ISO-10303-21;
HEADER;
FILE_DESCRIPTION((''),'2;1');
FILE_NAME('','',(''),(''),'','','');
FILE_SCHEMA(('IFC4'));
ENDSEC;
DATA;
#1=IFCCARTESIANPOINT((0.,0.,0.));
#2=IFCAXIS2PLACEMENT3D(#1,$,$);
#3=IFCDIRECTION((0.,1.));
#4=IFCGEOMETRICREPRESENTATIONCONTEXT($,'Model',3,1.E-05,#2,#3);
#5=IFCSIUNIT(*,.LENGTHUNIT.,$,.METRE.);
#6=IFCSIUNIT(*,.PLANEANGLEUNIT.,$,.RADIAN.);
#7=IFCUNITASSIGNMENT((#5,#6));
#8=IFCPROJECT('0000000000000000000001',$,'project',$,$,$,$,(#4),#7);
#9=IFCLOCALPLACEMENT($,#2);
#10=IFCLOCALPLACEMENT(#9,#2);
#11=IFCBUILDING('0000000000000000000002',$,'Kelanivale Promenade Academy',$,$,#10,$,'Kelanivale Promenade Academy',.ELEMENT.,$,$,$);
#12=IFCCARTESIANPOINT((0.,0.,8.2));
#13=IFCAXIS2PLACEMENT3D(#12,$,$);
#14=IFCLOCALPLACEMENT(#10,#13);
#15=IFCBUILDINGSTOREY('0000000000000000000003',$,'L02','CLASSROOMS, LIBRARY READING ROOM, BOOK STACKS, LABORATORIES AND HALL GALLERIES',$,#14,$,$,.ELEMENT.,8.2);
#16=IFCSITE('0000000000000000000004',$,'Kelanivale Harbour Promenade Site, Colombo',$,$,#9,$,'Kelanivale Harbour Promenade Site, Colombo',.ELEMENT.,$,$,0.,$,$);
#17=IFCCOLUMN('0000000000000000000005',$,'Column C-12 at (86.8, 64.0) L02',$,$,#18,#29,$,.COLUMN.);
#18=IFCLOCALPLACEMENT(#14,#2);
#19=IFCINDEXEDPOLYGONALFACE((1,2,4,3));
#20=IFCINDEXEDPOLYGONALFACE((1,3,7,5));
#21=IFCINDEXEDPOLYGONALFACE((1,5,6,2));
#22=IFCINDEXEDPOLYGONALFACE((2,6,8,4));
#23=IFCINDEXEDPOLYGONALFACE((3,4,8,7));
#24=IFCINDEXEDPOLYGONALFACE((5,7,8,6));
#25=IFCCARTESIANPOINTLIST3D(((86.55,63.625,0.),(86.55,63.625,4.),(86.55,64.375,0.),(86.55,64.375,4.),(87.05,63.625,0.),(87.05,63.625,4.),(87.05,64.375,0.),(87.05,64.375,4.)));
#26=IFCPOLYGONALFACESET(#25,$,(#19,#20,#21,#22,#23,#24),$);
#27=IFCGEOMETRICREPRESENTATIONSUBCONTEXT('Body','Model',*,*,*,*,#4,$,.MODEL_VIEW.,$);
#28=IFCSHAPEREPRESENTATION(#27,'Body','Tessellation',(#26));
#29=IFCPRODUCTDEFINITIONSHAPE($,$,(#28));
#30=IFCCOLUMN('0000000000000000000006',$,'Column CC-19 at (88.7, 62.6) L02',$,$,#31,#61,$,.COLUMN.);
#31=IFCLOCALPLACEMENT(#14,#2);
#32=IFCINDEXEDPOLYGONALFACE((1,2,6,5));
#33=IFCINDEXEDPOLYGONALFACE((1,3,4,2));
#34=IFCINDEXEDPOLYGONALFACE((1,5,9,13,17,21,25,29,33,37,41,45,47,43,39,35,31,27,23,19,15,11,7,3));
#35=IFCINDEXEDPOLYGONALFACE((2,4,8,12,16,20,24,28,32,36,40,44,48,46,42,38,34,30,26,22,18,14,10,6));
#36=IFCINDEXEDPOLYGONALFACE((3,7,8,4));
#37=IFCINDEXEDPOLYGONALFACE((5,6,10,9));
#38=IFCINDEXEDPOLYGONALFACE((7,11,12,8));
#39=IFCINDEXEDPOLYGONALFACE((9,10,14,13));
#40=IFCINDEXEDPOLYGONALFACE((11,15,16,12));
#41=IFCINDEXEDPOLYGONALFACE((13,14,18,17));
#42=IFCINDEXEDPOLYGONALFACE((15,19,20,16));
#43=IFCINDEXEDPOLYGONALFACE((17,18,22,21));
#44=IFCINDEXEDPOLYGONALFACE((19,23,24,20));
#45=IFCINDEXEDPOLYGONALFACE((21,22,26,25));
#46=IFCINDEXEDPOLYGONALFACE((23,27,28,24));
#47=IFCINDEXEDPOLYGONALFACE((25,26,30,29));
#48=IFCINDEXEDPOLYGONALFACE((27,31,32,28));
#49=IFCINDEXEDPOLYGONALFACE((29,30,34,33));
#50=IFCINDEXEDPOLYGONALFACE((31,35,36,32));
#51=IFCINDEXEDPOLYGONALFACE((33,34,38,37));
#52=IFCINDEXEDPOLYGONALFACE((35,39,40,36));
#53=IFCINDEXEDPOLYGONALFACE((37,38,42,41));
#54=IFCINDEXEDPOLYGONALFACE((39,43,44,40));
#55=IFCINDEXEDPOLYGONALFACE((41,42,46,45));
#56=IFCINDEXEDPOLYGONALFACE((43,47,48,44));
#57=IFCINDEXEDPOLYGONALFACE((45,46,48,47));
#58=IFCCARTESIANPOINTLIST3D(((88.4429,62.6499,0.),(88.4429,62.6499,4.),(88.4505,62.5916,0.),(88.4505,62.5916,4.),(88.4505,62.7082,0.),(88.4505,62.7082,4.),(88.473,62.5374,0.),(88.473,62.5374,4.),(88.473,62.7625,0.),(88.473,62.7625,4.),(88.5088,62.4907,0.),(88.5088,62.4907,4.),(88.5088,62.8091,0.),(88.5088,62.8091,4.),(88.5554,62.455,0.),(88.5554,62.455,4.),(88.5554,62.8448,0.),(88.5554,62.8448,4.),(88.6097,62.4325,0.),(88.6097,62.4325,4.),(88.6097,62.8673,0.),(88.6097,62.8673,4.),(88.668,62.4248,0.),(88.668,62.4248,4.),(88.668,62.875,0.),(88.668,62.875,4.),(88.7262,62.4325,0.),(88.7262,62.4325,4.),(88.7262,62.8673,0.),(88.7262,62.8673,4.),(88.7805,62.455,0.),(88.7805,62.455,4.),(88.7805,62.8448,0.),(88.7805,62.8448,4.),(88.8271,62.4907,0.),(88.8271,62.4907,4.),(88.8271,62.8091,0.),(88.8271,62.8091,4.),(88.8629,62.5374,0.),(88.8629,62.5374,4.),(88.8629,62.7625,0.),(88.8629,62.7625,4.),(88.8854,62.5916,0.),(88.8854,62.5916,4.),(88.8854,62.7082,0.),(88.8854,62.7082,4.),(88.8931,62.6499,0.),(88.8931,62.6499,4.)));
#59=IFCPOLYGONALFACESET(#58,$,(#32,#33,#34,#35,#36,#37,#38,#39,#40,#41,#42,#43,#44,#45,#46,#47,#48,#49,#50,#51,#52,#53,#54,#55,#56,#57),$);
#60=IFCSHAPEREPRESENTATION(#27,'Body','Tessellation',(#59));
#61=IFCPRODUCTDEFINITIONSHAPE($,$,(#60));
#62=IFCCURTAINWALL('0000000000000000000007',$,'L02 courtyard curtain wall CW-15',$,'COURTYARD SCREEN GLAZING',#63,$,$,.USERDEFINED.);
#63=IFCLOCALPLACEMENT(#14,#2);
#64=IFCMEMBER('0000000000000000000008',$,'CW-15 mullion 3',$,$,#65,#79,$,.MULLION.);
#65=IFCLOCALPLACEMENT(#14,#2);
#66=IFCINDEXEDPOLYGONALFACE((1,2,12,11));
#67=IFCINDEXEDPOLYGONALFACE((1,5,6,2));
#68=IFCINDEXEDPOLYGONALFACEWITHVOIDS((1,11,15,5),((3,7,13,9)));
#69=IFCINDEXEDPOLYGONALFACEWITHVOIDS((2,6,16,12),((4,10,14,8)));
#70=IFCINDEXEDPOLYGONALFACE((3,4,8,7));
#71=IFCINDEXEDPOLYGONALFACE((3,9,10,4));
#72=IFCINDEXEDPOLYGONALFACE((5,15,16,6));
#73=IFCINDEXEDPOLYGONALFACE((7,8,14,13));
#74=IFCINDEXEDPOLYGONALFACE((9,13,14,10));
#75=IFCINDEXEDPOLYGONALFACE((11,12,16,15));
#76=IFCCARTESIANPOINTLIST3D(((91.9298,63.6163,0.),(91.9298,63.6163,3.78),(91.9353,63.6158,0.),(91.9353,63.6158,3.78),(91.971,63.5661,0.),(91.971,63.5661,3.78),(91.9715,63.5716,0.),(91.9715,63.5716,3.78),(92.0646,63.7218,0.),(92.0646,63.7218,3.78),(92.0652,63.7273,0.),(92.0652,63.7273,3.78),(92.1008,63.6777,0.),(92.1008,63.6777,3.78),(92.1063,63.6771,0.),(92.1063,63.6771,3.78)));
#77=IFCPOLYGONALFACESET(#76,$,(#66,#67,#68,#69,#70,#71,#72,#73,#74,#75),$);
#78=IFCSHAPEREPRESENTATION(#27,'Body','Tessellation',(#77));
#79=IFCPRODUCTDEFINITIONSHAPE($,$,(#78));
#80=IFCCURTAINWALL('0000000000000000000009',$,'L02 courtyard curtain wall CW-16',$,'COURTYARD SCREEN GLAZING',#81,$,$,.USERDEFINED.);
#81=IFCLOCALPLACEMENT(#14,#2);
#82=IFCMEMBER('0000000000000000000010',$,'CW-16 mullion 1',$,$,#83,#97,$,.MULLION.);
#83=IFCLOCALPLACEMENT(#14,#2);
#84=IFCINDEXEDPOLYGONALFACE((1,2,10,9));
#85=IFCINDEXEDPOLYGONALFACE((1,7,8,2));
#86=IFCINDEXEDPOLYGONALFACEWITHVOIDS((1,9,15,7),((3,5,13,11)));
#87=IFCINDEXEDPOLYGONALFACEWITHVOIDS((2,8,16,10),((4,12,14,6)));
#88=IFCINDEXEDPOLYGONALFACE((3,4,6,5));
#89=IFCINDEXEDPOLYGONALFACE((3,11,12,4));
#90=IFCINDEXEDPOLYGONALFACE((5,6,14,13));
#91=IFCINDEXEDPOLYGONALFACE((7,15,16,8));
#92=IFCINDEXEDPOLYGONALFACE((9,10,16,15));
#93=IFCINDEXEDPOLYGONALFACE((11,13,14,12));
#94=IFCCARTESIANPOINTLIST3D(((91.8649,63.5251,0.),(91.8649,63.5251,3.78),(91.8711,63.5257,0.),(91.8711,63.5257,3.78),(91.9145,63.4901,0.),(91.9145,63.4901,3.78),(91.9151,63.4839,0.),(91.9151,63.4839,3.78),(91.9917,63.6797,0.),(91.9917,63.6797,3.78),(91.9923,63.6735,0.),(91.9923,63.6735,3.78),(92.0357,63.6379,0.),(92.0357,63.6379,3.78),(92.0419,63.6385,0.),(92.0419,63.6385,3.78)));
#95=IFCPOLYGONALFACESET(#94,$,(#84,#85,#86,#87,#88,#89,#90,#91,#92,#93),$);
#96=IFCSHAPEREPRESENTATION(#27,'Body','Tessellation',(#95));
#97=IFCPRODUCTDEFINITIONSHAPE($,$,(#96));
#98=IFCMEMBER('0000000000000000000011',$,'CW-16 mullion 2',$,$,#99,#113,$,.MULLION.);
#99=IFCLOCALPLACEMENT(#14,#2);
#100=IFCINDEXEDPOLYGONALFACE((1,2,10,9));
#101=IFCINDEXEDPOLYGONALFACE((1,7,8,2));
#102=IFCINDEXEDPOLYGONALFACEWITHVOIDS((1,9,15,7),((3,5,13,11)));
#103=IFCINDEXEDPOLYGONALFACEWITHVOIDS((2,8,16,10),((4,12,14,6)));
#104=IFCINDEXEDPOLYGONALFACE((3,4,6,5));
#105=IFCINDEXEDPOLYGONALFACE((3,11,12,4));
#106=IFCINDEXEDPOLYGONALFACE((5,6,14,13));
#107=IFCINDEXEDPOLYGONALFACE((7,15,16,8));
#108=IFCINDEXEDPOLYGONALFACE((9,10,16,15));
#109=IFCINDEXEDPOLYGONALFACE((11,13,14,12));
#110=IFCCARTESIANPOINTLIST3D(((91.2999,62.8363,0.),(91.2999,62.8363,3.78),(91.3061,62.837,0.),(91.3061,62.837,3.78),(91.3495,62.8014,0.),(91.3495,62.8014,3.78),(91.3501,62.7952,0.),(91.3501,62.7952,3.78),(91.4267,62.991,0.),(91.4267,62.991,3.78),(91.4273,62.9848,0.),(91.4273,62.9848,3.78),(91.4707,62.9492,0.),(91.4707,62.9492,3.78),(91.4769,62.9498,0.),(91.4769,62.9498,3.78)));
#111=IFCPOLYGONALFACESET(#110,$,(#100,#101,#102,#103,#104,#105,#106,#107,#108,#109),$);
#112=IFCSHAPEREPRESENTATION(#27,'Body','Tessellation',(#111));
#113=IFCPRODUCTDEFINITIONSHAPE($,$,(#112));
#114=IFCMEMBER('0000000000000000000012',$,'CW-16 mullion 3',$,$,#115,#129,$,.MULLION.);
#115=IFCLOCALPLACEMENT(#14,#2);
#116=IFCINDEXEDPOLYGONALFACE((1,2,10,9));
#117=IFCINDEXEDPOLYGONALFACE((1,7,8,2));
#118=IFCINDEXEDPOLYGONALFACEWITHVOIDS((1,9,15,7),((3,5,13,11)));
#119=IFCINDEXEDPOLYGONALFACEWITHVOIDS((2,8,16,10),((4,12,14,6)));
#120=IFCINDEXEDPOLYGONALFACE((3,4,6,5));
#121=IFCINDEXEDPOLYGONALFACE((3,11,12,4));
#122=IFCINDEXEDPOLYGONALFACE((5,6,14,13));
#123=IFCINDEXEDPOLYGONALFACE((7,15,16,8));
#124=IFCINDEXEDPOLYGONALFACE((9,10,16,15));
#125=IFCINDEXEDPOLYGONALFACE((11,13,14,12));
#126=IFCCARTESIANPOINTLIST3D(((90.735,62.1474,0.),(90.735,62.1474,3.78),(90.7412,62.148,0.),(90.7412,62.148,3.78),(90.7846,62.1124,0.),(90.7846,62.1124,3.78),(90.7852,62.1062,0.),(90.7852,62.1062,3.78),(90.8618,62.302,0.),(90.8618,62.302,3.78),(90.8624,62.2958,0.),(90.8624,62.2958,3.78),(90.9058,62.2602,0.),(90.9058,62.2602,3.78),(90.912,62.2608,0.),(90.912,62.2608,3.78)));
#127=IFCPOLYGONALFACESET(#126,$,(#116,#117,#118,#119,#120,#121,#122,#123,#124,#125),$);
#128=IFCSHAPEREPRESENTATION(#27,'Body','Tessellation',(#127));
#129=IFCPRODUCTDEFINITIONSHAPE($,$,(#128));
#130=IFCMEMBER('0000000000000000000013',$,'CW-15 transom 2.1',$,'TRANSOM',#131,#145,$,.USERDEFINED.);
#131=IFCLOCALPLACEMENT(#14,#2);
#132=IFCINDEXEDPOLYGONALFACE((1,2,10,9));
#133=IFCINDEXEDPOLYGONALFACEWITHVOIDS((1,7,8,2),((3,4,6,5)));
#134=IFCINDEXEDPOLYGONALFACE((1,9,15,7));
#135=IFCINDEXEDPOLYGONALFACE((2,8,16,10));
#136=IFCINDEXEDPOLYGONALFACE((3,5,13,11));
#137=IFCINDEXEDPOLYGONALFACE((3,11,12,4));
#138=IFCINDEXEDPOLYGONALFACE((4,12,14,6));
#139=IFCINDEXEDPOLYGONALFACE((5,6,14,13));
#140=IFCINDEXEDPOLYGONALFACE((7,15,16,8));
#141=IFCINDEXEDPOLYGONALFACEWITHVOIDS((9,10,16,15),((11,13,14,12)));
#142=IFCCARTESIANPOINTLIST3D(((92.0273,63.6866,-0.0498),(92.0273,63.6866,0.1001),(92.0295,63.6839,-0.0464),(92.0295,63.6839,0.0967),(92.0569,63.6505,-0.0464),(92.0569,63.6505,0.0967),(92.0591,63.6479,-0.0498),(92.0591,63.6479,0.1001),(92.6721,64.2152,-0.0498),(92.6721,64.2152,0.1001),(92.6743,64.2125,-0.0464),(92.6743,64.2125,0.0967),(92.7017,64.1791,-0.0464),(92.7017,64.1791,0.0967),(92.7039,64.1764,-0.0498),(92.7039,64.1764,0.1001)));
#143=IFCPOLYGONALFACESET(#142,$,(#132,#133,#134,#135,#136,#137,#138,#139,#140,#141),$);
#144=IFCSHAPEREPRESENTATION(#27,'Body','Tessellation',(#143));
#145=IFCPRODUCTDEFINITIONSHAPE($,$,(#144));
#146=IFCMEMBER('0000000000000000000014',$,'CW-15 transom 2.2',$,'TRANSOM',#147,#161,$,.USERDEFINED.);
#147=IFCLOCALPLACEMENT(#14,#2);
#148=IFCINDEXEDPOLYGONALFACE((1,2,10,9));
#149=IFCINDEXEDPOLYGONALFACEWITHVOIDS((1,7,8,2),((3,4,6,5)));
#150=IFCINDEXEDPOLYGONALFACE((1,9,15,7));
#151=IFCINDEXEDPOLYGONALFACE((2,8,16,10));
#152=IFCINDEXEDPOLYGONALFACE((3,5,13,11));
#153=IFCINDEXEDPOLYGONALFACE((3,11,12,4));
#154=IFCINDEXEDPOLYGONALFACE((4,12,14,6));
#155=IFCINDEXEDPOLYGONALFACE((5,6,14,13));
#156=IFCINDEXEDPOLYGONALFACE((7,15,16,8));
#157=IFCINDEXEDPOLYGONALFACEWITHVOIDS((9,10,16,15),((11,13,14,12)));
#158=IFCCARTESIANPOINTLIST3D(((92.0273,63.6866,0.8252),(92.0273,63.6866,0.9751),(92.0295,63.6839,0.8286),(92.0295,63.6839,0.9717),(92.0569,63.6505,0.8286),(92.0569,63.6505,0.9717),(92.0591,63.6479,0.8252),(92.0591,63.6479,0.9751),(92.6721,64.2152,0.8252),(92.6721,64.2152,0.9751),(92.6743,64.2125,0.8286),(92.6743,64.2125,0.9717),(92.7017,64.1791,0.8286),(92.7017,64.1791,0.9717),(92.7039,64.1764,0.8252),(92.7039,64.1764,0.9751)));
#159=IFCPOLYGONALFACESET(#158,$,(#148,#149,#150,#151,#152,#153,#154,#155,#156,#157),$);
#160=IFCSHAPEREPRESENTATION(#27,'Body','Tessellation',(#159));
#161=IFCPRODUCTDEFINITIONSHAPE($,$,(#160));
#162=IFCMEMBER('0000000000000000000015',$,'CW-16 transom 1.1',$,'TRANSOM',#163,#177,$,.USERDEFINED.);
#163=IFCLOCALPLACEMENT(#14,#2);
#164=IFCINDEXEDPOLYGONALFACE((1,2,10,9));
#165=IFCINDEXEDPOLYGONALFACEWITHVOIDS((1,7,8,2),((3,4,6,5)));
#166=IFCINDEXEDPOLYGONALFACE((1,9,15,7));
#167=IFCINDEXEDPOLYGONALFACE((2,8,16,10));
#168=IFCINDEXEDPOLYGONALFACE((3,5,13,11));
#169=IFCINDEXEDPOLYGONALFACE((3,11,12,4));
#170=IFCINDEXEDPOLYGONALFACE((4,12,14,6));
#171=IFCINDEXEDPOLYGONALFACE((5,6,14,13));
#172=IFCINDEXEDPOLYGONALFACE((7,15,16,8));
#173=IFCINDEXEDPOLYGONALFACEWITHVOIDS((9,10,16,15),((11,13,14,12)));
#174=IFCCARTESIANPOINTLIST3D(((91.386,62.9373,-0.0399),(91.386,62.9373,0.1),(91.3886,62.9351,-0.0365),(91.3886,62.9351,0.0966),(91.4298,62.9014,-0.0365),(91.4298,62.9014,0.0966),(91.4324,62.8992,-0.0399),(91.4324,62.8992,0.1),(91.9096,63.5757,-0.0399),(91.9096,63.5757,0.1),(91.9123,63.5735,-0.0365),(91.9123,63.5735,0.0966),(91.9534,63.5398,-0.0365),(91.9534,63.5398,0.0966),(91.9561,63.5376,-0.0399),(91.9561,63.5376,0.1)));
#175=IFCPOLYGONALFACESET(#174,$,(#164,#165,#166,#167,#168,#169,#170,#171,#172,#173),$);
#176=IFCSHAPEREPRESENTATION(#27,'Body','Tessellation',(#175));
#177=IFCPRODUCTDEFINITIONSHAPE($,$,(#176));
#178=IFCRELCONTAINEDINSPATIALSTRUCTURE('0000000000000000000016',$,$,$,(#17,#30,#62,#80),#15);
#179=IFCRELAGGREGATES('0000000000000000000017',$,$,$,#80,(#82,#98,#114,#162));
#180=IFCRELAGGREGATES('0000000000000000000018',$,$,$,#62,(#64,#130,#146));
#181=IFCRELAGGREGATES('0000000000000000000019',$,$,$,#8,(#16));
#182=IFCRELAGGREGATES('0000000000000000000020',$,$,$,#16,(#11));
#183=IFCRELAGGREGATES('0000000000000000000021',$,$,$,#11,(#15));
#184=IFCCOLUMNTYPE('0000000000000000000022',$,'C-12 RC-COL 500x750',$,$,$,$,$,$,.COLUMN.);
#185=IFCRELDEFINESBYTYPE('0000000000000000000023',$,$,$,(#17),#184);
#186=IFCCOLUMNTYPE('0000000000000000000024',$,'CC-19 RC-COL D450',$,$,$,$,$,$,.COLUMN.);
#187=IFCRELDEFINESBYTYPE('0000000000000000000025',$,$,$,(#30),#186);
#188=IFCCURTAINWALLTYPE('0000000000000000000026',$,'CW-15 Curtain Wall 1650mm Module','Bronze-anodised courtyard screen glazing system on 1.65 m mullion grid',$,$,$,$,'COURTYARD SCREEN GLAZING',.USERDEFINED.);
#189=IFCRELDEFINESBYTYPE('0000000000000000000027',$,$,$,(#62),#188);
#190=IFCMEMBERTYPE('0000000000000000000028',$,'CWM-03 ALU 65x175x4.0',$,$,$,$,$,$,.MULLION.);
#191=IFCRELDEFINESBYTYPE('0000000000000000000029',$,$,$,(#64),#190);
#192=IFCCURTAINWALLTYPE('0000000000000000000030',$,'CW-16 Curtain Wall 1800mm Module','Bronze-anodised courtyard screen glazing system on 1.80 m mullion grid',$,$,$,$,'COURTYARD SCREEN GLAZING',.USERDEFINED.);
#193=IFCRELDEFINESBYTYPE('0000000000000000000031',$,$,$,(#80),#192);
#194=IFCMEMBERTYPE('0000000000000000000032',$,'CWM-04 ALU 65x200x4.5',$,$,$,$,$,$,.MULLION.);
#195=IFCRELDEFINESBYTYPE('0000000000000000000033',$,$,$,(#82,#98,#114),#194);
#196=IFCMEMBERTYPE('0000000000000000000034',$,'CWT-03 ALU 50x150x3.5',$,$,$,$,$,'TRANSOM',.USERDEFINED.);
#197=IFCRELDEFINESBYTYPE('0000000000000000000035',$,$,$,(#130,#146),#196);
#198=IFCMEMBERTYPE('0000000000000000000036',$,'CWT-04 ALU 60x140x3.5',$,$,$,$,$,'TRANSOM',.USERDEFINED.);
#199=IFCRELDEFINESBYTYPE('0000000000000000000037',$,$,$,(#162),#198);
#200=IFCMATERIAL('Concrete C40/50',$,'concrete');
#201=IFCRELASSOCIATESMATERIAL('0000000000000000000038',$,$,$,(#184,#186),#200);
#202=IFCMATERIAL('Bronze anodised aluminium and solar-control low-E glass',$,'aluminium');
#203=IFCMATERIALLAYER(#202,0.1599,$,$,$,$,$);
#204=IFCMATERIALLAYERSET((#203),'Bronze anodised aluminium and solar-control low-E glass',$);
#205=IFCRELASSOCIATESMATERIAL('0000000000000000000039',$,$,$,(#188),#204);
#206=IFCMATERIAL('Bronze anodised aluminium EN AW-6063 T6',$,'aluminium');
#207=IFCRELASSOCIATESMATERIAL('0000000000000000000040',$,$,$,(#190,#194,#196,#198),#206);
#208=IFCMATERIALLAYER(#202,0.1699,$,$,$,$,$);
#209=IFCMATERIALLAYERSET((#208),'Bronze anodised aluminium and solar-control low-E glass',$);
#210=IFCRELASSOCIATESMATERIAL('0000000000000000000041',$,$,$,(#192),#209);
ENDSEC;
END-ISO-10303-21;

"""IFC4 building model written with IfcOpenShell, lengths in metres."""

from ifc_helpers import new_model, si_unit, direction, frame, origin, origin_2d, place, context, subcontext, project, spatial, rectangle, hollow_rectangle, circle, extrude, material, layer, layer_set, material_profile, profile_set, type_object, element, aggregate, save


model = new_model("IFC4")

# Units and contexts
model_context = context("Model", 3, precision=1e-05, world=origin(), true_north=direction((0.0, 1.0)))
body_context = subcontext(model_context, "Body", "Model", "MODEL_VIEW")
ifc_project = project(units=[si_unit("LENGTHUNIT", "METRE"), si_unit("PLANEANGLEUNIT", "RADIAN")], contexts=[model_context])

# Site, building, storey
site_placement = place(None, origin())
site = spatial("IfcSite", under=ifc_project, at=site_placement, Name="Kelanivale Harbour Promenade Site, Colombo", LongName="Kelanivale Harbour Promenade Site, Colombo", CompositionType="ELEMENT", RefElevation=0.0)
building_placement = place(site_placement, origin())
building = spatial("IfcBuilding", under=site, at=building_placement, Name="Kelanivale Promenade Academy", LongName="Kelanivale Promenade Academy", CompositionType="ELEMENT")
storey_placement = place(building_placement, frame((0.0, 0.0, 8.2)))
storey = spatial("IfcBuildingStorey", under=building, at=storey_placement, Name="L02", Description="CLASSROOMS, LIBRARY READING ROOM, BOOK STACKS, LABORATORIES AND HALL GALLERIES", CompositionType="ELEMENT", Elevation=8.2)

# Columns
ifc_material_1 = material(Name="Concrete C40/50", Category="concrete")
ifc_material_profile_1 = material_profile(ifc_material_1, rectangle(XDim=0.5, YDim=0.75, at=origin_2d()), Name="RC-COL 500x750")
ifc_profile_set_1 = profile_set([ifc_material_profile_1], Name="Concrete C40/50")
column_type_1 = type_object("IfcColumnType", Name="C-12 RC-COL 500x750", PredefinedType="COLUMN", material=ifc_profile_set_1)
column_1_placement = place(storey_placement, frame((86.8, 64.0, 0.0), z_axis=(0.0, 0.0, 1.0), x_axis=(1.0, 0.0, 0.0)))
element("IfcColumn", 1, at=column_1_placement, inside=storey, type_object=column_type_1, Name="Column C-12 at (86.8, 64.0) L02", PredefinedType="COLUMN", context=body_context, shape_type="SweptSolid", body=[
    extrude(rectangle(XDim=0.5, YDim=0.75, at=origin_2d()), origin(), (0.0, 0.0, 1.0), 4.0),
])
ifc_material_profile_2 = material_profile(ifc_material_1, circle(Radius=0.2251, at=origin_2d()), Name="RC-COL D450")
ifc_profile_set_2 = profile_set([ifc_material_profile_2], Name="Concrete C40/50")
column_type_2 = type_object("IfcColumnType", Name="CC-19 RC-COL D450", PredefinedType="COLUMN", material=ifc_profile_set_2)
column_2_placement = place(storey_placement, frame((88.668, 62.6499, 0.0), z_axis=(0.0, 0.0, 1.0), x_axis=(1.0, 0.0, 0.0)))
element("IfcColumn", 2, at=column_2_placement, inside=storey, type_object=column_type_2, Name="Column CC-19 at (88.7, 62.6) L02", PredefinedType="COLUMN", context=body_context, shape_type="SweptSolid", body=[
    extrude(circle(Radius=0.2251, at=origin_2d()), origin(), (0.0, 0.0, 1.0), 4.0),
])

# Curtain wall, member
ifc_material_2 = material(Name="Bronze anodised aluminium and solar-control low-E glass", Category="aluminium")
ifc_layer_1 = layer(ifc_material_2, 0.1599)
ifc_layer_set_1 = layer_set([ifc_layer_1], Name="Bronze anodised aluminium and solar-control low-E glass")
curtain_wall_type_1 = type_object("IfcCurtainWallType", Name="CW-15 Curtain Wall 1650mm Module", Description="Bronze-anodised courtyard screen glazing system on 1.65 m mullion grid", ElementType="COURTYARD SCREEN GLAZING", PredefinedType="USERDEFINED", material=ifc_layer_set_1)
curtain_wall_1_placement = place(storey_placement, origin())
curtain_wall_1 = element("IfcCurtainWall", 3, at=curtain_wall_1_placement, inside=storey, type_object=curtain_wall_type_1, Name="L02 courtyard curtain wall CW-15", ObjectType="COURTYARD SCREEN GLAZING", PredefinedType="USERDEFINED")
ifc_material_3 = material(Name="Bronze anodised aluminium EN AW-6063 T6", Category="aluminium")
ifc_material_profile_3 = material_profile(ifc_material_3, hollow_rectangle(XDim=0.0649, YDim=0.175, WallThickness=0.0039, at=origin_2d()), Name="ALU 65x175x4.0")
ifc_profile_set_3 = profile_set([ifc_material_profile_3], Name="Bronze anodised aluminium EN AW-6063 T6")
member_type_1 = type_object("IfcMemberType", Name="CWM-03 ALU 65x175x4.0", PredefinedType="MULLION", material=ifc_profile_set_3)
member_1_placement = place(storey_placement, frame((92.0181, 63.6467, 0.0), z_axis=(0.0, 0.0, 1.0), x_axis=(0.634144, -0.773215, 0.0)))
member_1 = element("IfcMember", 4, at=member_1_placement, type_object=member_type_1, Name="CW-15 mullion 3", PredefinedType="MULLION", context=body_context, shape_type="SweptSolid", body=[
    extrude(hollow_rectangle(XDim=0.0649, YDim=0.175, WallThickness=0.0039, at=origin_2d()), origin(), (0.0, 0.0, 1.0), 3.78),
])

# Curtain wall, members
ifc_layer_2 = layer(ifc_material_2, 0.1699)
ifc_layer_set_2 = layer_set([ifc_layer_2], Name="Bronze anodised aluminium and solar-control low-E glass")
curtain_wall_type_2 = type_object("IfcCurtainWallType", Name="CW-16 Curtain Wall 1800mm Module", Description="Bronze-anodised courtyard screen glazing system on 1.80 m mullion grid", ElementType="COURTYARD SCREEN GLAZING", PredefinedType="USERDEFINED", material=ifc_layer_set_2)
curtain_wall_2_placement = place(storey_placement, origin())
curtain_wall_2 = element("IfcCurtainWall", 5, at=curtain_wall_2_placement, inside=storey, type_object=curtain_wall_type_2, Name="L02 courtyard curtain wall CW-16", ObjectType="COURTYARD SCREEN GLAZING", PredefinedType="USERDEFINED")
ifc_material_profile_4 = material_profile(ifc_material_3, hollow_rectangle(XDim=0.0649, YDim=0.2, WallThickness=0.0044, at=origin_2d()), Name="ALU 65x200x4.5")
ifc_profile_set_4 = profile_set([ifc_material_profile_4], Name="Bronze anodised aluminium EN AW-6063 T6")
member_type_2 = type_object("IfcMemberType", Name="CWM-04 ALU 65x200x4.5", PredefinedType="MULLION", material=ifc_profile_set_4)
member_2_placement = place(storey_placement, frame((91.9534, 63.5818, 0.0), z_axis=(0.0, 0.0, 1.0), x_axis=(0.773257, -0.634093, 0.0)))
member_2 = element("IfcMember", 6, at=member_2_placement, type_object=member_type_2, Name="CW-16 mullion 1", PredefinedType="MULLION", context=body_context, shape_type="SweptSolid", body=[
    extrude(hollow_rectangle(XDim=0.0649, YDim=0.2, WallThickness=0.0044, at=origin_2d()), origin(), (0.0, 0.0, 1.0), 3.78),
])
member_3_placement = place(storey_placement, frame((91.3884, 62.8931, 0.0), z_axis=(0.0, 0.0, 1.0), x_axis=(0.773257, -0.634093, 0.0)))
member_3 = element("IfcMember", 7, at=member_3_placement, type_object=member_type_2, Name="CW-16 mullion 2", PredefinedType="MULLION", context=body_context, shape_type="SweptSolid", body=[
    extrude(hollow_rectangle(XDim=0.0649, YDim=0.2, WallThickness=0.0044, at=origin_2d()), origin(), (0.0, 0.0, 1.0), 3.78),
])
member_4_placement = place(storey_placement, frame((90.8235, 62.2041, 0.0), z_axis=(0.0, 0.0, 1.0), x_axis=(0.773257, -0.634093, 0.0)))
member_4 = element("IfcMember", 8, at=member_4_placement, type_object=member_type_2, Name="CW-16 mullion 3", PredefinedType="MULLION", context=body_context, shape_type="SweptSolid", body=[
    extrude(hollow_rectangle(XDim=0.0649, YDim=0.2, WallThickness=0.0044, at=origin_2d()), origin(), (0.0, 0.0, 1.0), 3.78),
])

# Members
ifc_material_profile_5 = material_profile(ifc_material_3, hollow_rectangle(XDim=0.05, YDim=0.1499, WallThickness=0.0034, at=origin_2d()), Name="ALU 50x150x3.5")
ifc_profile_set_5 = profile_set([ifc_material_profile_5], Name="Bronze anodised aluminium EN AW-6063 T6")
member_type_3 = type_object("IfcMemberType", Name="CWT-03 ALU 50x150x3.5", ElementType="TRANSOM", PredefinedType="USERDEFINED", material=ifc_profile_set_5)
member_5_placement = place(storey_placement, frame((92.688, 64.1958, 0.0251), z_axis=(-0.773357, -0.633971, 0.0), x_axis=(0.633971, -0.773357, 0.0)))
member_5 = element("IfcMember", 9, at=member_5_placement, type_object=member_type_3, Name="CW-15 transom 2.1", ObjectType="TRANSOM", PredefinedType="USERDEFINED", context=body_context, shape_type="SweptSolid", body=[
    extrude(hollow_rectangle(XDim=0.05, YDim=0.1499, WallThickness=0.0034, at=origin_2d()), origin(), (0.0, 0.0, 1.0), 0.8337),
])
member_6_placement = place(storey_placement, frame((92.688, 64.1958, 0.9001), z_axis=(-0.773357, -0.633971, 0.0), x_axis=(0.633971, -0.773357, 0.0)))
member_6 = element("IfcMember", 10, at=member_6_placement, type_object=member_type_3, Name="CW-15 transom 2.2", ObjectType="TRANSOM", PredefinedType="USERDEFINED", context=body_context, shape_type="SweptSolid", body=[
    extrude(hollow_rectangle(XDim=0.05, YDim=0.1499, WallThickness=0.0034, at=origin_2d()), origin(), (0.0, 0.0, 1.0), 0.8337),
])
ifc_material_profile_6 = material_profile(ifc_material_3, hollow_rectangle(XDim=0.0601, YDim=0.1399, WallThickness=0.0034, at=origin_2d()), Name="ALU 60x140x3.5")
ifc_profile_set_6 = profile_set([ifc_material_profile_6], Name="Bronze anodised aluminium EN AW-6063 T6")
member_type_4 = type_object("IfcMemberType", Name="CWT-04 ALU 60x140x3.5", ElementType="TRANSOM", PredefinedType="USERDEFINED", material=ifc_profile_set_6)
member_7_placement = place(storey_placement, frame((91.9329, 63.5566, 0.03), z_axis=(-0.634203, -0.773166, 0.0), x_axis=(0.773166, -0.634203, 0.0)))
member_7 = element("IfcMember", 11, at=member_7_placement, type_object=member_type_4, Name="CW-16 transom 1.1", ObjectType="TRANSOM", PredefinedType="USERDEFINED", context=body_context, shape_type="SweptSolid", body=[
    extrude(hollow_rectangle(XDim=0.0601, YDim=0.1399, WallThickness=0.0034, at=origin_2d()), origin(), (0.0, 0.0, 1.0), 0.8257),
])

aggregate(curtain_wall_2, [member_2, member_3, member_4, member_7])
aggregate(curtain_wall_1, [member_1, member_5, member_6])

save(model, "model.ifc")
